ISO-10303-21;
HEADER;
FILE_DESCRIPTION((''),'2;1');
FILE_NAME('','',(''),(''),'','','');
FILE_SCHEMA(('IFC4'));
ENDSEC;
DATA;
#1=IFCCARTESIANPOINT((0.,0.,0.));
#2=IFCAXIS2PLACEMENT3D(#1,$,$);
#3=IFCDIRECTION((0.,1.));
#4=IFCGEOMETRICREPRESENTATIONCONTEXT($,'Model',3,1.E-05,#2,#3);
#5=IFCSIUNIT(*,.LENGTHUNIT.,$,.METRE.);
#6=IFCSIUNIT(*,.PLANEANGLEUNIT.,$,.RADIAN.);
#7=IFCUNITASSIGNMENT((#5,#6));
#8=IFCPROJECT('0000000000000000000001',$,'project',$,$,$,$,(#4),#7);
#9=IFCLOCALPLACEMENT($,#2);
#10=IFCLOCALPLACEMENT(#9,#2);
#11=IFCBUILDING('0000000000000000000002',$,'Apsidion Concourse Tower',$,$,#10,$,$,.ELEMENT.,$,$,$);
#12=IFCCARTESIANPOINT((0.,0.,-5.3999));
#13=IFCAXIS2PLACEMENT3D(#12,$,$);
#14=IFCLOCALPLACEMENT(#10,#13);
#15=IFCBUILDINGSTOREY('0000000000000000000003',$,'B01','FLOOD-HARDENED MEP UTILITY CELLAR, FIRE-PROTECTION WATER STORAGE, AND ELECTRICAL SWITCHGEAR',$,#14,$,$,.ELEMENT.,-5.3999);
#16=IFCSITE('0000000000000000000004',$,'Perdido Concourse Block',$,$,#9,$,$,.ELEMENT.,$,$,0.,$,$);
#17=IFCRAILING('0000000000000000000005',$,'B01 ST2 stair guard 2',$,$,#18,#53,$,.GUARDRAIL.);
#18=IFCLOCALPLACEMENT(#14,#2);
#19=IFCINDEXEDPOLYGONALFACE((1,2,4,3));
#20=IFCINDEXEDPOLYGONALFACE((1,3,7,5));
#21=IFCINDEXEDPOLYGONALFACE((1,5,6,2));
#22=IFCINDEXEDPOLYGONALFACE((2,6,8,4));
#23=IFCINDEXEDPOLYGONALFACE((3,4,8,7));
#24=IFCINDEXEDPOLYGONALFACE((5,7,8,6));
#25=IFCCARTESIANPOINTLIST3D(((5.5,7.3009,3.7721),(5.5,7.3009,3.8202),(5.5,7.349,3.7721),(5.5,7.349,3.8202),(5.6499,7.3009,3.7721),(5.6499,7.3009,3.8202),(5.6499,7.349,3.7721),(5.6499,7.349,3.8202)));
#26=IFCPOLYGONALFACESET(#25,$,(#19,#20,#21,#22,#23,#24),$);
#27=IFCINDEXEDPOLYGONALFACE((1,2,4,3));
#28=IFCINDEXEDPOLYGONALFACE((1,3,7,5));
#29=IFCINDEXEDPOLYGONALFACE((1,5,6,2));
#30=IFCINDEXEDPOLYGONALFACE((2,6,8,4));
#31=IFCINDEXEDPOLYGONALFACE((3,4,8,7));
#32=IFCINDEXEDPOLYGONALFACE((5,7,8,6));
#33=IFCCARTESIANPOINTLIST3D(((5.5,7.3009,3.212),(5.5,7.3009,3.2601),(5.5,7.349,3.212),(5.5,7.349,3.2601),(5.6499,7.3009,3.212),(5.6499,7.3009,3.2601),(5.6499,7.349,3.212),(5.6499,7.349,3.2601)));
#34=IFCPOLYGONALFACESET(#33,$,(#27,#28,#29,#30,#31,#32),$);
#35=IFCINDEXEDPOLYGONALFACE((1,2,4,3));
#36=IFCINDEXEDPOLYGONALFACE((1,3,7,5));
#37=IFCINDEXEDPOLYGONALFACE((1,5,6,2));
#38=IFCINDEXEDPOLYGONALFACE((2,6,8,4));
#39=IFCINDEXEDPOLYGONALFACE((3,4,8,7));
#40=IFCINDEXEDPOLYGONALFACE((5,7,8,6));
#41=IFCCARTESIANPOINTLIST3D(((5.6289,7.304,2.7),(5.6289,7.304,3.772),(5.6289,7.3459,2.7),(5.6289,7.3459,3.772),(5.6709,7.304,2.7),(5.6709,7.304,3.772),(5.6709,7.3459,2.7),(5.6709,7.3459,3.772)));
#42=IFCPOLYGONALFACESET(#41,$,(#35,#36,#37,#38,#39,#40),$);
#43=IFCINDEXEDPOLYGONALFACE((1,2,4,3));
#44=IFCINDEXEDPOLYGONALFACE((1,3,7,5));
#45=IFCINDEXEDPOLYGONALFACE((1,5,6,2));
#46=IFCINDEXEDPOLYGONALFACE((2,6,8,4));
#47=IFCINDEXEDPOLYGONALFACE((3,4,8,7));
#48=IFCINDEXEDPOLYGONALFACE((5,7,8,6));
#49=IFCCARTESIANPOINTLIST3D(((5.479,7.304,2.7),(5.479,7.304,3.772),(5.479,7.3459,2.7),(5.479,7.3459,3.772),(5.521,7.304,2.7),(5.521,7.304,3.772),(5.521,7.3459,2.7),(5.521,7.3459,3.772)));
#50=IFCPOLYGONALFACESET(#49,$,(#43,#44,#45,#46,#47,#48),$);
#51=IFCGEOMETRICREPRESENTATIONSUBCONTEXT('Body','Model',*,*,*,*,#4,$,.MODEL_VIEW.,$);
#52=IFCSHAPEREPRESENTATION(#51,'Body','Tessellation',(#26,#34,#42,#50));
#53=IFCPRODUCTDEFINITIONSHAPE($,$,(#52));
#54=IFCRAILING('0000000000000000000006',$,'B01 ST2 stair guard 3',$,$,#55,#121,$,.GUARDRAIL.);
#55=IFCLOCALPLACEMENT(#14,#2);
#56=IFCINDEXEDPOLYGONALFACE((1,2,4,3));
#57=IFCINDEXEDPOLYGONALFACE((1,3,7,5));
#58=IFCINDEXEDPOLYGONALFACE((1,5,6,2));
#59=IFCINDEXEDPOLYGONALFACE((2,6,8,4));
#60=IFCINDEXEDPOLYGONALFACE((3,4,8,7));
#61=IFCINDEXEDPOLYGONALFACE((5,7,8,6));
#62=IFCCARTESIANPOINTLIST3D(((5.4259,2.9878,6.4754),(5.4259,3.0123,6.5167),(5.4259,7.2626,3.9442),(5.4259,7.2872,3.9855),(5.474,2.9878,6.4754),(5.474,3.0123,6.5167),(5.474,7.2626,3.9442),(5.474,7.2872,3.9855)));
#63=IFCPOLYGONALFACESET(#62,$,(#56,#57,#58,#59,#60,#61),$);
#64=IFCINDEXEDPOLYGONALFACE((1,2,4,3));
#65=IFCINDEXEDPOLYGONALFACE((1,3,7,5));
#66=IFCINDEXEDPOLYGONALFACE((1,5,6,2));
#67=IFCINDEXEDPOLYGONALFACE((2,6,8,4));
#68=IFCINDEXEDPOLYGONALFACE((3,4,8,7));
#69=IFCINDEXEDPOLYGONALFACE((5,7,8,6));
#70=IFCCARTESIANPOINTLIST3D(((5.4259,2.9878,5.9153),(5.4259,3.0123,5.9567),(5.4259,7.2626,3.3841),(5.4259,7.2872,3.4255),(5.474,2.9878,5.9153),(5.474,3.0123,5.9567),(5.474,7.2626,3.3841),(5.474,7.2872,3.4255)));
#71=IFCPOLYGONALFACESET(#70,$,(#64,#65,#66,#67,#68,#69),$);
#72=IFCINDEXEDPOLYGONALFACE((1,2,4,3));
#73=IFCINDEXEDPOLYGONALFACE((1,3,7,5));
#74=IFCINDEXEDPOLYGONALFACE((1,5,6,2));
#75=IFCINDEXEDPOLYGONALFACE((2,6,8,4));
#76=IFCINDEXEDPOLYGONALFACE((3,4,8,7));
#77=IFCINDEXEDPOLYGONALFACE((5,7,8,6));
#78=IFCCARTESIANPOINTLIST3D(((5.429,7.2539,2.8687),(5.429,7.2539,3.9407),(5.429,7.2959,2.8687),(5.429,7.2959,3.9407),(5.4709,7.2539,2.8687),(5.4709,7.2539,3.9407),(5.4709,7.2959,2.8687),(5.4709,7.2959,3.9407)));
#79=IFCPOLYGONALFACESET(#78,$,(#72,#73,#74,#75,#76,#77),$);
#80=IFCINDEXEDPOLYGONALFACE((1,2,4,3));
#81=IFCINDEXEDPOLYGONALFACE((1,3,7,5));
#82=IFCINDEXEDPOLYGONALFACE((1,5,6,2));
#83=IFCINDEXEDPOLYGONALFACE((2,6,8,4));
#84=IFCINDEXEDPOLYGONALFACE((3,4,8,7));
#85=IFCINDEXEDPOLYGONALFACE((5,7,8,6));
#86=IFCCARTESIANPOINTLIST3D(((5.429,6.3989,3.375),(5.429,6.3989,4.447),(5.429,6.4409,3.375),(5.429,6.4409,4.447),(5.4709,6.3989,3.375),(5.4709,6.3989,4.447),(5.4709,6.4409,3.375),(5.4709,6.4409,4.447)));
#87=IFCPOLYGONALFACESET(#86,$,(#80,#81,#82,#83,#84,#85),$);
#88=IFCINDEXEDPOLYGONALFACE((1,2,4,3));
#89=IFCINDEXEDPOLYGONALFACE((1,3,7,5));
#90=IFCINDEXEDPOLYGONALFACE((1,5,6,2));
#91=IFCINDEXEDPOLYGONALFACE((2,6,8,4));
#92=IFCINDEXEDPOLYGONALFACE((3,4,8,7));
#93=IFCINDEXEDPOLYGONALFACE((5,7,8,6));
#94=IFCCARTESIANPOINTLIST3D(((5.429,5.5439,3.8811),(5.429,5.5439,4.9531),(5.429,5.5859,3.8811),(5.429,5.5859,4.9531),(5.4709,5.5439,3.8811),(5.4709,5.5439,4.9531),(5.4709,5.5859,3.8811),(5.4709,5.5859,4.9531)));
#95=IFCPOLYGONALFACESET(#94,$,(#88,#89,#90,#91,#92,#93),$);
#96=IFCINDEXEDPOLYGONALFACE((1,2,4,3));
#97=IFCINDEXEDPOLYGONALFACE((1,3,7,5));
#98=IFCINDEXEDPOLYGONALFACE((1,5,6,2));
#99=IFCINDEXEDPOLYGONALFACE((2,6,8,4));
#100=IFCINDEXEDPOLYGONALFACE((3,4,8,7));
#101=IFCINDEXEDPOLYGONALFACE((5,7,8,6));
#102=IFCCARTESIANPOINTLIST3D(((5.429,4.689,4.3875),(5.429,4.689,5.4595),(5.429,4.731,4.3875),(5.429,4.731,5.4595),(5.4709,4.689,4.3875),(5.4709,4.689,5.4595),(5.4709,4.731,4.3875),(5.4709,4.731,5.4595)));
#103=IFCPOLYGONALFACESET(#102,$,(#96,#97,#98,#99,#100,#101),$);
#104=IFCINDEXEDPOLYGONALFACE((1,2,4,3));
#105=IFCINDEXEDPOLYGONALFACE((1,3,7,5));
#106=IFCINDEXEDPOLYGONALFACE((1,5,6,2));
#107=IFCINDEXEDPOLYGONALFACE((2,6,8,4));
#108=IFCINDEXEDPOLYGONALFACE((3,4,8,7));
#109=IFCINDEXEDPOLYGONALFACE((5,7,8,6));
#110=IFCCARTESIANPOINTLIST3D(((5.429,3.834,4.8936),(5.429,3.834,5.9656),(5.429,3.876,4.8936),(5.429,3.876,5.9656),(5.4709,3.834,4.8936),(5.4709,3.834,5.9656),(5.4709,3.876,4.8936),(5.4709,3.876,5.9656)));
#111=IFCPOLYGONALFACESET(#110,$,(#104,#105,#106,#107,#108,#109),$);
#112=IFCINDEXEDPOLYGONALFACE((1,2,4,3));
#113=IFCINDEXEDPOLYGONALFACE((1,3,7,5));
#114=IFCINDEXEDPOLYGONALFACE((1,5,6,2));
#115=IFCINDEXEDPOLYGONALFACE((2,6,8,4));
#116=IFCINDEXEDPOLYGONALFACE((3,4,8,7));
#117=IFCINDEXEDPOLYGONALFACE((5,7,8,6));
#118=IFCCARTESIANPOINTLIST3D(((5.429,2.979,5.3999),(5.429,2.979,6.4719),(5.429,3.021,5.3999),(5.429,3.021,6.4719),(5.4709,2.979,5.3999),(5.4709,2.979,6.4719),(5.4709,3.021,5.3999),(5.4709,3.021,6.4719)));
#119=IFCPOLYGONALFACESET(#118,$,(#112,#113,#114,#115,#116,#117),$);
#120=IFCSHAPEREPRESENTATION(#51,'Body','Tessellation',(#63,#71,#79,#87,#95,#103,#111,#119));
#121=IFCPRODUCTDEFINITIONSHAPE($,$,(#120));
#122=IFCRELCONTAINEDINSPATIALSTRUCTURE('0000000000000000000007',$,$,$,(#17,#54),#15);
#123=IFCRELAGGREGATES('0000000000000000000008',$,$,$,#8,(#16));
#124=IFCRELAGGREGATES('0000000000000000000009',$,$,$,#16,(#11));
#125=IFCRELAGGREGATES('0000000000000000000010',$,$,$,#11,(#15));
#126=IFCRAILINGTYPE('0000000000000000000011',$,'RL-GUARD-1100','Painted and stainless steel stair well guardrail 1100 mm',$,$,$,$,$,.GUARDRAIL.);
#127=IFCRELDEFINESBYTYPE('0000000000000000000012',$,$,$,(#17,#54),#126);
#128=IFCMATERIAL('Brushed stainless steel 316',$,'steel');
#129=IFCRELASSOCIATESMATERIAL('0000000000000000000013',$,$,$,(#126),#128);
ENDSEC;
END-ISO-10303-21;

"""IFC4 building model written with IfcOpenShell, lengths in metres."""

from ifc_helpers import new_model, si_unit, direction, frame, origin, origin_2d, place, context, subcontext, project, spatial, rectangle, extrude, material, type_object, element, save


model = new_model("IFC4")

# Units and contexts
model_context = context("Model", 3, precision=1e-05, world=origin(), true_north=direction((0.0, 1.0)))
body_context = subcontext(model_context, "Body", "Model", "MODEL_VIEW")
ifc_project = project(units=[si_unit("LENGTHUNIT", "METRE"), si_unit("PLANEANGLEUNIT", "RADIAN")], contexts=[model_context])

# Site, building, storey
site_placement = place(None, origin())
site = spatial("IfcSite", under=ifc_project, at=site_placement, Name="Perdido Concourse Block", CompositionType="ELEMENT", RefElevation=0.0)
building_placement = place(site_placement, origin())
building = spatial("IfcBuilding", under=site, at=building_placement, Name="Apsidion Concourse Tower", CompositionType="ELEMENT")
storey_placement = place(building_placement, frame((0.0, 0.0, -5.3999)))
storey = spatial("IfcBuildingStorey", under=building, at=storey_placement, Name="B01", Description="FLOOD-HARDENED MEP UTILITY CELLAR, FIRE-PROTECTION WATER STORAGE, AND ELECTRICAL SWITCHGEAR", CompositionType="ELEMENT", Elevation=-5.3999)

# Railings
ifc_material_1 = material(Name="Brushed stainless steel 316", Category="steel")
railing_type = type_object("IfcRailingType", Name="RL-GUARD-1100", Description="Painted and stainless steel stair well guardrail 1100 mm", PredefinedType="GUARDRAIL", material=ifc_material_1)
railing_1_placement = place(storey_placement, frame((5.6499, 7.325, 2.7)))
element("IfcRailing", 1, at=railing_1_placement, inside=storey, type_object=railing_type, Name="B01 ST2 stair guard 2", PredefinedType="GUARDRAIL", context=body_context, shape_type="SweptSolid", body=[
    extrude(rectangle(XDim=0.0481, YDim=0.0481, at=origin_2d()), frame((0.0, 0.0, 1.0962), z_axis=(-1.0, 0.0, 0.0), x_axis=(0.0, -1.0, 0.0)), (0.0, 0.0, 1.0), 0.1499),
    extrude(rectangle(XDim=0.0481, YDim=0.0481, at=origin_2d()), frame((0.0, 0.0, 0.5361), z_axis=(-1.0, 0.0, 0.0), x_axis=(0.0, -1.0, 0.0)), (0.0, 0.0, 1.0), 0.1499),
    extrude(rectangle(XDim=0.042, YDim=0.042, at=origin_2d()), origin(), (0.0, 0.0, 1.0), 1.072),
    extrude(rectangle(XDim=0.042, YDim=0.042, at=origin_2d()), frame((-0.1499, 0.0, 0.0)), (0.0, 0.0, 1.0), 1.072),
])
railing_2_placement = place(storey_placement, frame((5.45, 7.2749, 2.8687)))
element("IfcRailing", 2, at=railing_2_placement, inside=storey, type_object=railing_type, Name="B01 ST2 stair guard 3", PredefinedType="GUARDRAIL", context=body_context, shape_type="SweptSolid", body=[
    extrude(rectangle(XDim=0.0481, YDim=0.0481, at=origin_2d()), frame((0.0, 0.0, 1.0962), z_axis=(0.0, -0.86047, 0.509501), x_axis=(1.0, 0.0, 0.0)), (0.0, 0.0, 1.0), 4.968),
    extrude(rectangle(XDim=0.0481, YDim=0.0481, at=origin_2d()), frame((0.0, 0.0, 0.5361), z_axis=(0.0, -0.86047, 0.509501), x_axis=(1.0, 0.0, 0.0)), (0.0, 0.0, 1.0), 4.968),
    extrude(rectangle(XDim=0.042, YDim=0.042, at=origin_2d()), origin(), (0.0, 0.0, 1.0), 1.072),
    extrude(rectangle(XDim=0.042, YDim=0.042, at=origin_2d()), frame((0.0, -0.855, 0.5063)), (0.0, 0.0, 1.0), 1.072),
    extrude(rectangle(XDim=0.042, YDim=0.042, at=origin_2d()), frame((0.0, -1.71, 1.0125)), (0.0, 0.0, 1.0), 1.072),
    extrude(rectangle(XDim=0.042, YDim=0.042, at=origin_2d()), frame((0.0, -2.5649, 1.5188)), (0.0, 0.0, 1.0), 1.072),
    extrude(rectangle(XDim=0.042, YDim=0.042, at=origin_2d()), frame((0.0, -3.4199, 2.0249)), (0.0, 0.0, 1.0), 1.072),
    extrude(rectangle(XDim=0.042, YDim=0.042, at=origin_2d()), frame((0.0, -4.2749, 2.5312)), (0.0, 0.0, 1.0), 1.072),
])

save(model, "model.ifc")
